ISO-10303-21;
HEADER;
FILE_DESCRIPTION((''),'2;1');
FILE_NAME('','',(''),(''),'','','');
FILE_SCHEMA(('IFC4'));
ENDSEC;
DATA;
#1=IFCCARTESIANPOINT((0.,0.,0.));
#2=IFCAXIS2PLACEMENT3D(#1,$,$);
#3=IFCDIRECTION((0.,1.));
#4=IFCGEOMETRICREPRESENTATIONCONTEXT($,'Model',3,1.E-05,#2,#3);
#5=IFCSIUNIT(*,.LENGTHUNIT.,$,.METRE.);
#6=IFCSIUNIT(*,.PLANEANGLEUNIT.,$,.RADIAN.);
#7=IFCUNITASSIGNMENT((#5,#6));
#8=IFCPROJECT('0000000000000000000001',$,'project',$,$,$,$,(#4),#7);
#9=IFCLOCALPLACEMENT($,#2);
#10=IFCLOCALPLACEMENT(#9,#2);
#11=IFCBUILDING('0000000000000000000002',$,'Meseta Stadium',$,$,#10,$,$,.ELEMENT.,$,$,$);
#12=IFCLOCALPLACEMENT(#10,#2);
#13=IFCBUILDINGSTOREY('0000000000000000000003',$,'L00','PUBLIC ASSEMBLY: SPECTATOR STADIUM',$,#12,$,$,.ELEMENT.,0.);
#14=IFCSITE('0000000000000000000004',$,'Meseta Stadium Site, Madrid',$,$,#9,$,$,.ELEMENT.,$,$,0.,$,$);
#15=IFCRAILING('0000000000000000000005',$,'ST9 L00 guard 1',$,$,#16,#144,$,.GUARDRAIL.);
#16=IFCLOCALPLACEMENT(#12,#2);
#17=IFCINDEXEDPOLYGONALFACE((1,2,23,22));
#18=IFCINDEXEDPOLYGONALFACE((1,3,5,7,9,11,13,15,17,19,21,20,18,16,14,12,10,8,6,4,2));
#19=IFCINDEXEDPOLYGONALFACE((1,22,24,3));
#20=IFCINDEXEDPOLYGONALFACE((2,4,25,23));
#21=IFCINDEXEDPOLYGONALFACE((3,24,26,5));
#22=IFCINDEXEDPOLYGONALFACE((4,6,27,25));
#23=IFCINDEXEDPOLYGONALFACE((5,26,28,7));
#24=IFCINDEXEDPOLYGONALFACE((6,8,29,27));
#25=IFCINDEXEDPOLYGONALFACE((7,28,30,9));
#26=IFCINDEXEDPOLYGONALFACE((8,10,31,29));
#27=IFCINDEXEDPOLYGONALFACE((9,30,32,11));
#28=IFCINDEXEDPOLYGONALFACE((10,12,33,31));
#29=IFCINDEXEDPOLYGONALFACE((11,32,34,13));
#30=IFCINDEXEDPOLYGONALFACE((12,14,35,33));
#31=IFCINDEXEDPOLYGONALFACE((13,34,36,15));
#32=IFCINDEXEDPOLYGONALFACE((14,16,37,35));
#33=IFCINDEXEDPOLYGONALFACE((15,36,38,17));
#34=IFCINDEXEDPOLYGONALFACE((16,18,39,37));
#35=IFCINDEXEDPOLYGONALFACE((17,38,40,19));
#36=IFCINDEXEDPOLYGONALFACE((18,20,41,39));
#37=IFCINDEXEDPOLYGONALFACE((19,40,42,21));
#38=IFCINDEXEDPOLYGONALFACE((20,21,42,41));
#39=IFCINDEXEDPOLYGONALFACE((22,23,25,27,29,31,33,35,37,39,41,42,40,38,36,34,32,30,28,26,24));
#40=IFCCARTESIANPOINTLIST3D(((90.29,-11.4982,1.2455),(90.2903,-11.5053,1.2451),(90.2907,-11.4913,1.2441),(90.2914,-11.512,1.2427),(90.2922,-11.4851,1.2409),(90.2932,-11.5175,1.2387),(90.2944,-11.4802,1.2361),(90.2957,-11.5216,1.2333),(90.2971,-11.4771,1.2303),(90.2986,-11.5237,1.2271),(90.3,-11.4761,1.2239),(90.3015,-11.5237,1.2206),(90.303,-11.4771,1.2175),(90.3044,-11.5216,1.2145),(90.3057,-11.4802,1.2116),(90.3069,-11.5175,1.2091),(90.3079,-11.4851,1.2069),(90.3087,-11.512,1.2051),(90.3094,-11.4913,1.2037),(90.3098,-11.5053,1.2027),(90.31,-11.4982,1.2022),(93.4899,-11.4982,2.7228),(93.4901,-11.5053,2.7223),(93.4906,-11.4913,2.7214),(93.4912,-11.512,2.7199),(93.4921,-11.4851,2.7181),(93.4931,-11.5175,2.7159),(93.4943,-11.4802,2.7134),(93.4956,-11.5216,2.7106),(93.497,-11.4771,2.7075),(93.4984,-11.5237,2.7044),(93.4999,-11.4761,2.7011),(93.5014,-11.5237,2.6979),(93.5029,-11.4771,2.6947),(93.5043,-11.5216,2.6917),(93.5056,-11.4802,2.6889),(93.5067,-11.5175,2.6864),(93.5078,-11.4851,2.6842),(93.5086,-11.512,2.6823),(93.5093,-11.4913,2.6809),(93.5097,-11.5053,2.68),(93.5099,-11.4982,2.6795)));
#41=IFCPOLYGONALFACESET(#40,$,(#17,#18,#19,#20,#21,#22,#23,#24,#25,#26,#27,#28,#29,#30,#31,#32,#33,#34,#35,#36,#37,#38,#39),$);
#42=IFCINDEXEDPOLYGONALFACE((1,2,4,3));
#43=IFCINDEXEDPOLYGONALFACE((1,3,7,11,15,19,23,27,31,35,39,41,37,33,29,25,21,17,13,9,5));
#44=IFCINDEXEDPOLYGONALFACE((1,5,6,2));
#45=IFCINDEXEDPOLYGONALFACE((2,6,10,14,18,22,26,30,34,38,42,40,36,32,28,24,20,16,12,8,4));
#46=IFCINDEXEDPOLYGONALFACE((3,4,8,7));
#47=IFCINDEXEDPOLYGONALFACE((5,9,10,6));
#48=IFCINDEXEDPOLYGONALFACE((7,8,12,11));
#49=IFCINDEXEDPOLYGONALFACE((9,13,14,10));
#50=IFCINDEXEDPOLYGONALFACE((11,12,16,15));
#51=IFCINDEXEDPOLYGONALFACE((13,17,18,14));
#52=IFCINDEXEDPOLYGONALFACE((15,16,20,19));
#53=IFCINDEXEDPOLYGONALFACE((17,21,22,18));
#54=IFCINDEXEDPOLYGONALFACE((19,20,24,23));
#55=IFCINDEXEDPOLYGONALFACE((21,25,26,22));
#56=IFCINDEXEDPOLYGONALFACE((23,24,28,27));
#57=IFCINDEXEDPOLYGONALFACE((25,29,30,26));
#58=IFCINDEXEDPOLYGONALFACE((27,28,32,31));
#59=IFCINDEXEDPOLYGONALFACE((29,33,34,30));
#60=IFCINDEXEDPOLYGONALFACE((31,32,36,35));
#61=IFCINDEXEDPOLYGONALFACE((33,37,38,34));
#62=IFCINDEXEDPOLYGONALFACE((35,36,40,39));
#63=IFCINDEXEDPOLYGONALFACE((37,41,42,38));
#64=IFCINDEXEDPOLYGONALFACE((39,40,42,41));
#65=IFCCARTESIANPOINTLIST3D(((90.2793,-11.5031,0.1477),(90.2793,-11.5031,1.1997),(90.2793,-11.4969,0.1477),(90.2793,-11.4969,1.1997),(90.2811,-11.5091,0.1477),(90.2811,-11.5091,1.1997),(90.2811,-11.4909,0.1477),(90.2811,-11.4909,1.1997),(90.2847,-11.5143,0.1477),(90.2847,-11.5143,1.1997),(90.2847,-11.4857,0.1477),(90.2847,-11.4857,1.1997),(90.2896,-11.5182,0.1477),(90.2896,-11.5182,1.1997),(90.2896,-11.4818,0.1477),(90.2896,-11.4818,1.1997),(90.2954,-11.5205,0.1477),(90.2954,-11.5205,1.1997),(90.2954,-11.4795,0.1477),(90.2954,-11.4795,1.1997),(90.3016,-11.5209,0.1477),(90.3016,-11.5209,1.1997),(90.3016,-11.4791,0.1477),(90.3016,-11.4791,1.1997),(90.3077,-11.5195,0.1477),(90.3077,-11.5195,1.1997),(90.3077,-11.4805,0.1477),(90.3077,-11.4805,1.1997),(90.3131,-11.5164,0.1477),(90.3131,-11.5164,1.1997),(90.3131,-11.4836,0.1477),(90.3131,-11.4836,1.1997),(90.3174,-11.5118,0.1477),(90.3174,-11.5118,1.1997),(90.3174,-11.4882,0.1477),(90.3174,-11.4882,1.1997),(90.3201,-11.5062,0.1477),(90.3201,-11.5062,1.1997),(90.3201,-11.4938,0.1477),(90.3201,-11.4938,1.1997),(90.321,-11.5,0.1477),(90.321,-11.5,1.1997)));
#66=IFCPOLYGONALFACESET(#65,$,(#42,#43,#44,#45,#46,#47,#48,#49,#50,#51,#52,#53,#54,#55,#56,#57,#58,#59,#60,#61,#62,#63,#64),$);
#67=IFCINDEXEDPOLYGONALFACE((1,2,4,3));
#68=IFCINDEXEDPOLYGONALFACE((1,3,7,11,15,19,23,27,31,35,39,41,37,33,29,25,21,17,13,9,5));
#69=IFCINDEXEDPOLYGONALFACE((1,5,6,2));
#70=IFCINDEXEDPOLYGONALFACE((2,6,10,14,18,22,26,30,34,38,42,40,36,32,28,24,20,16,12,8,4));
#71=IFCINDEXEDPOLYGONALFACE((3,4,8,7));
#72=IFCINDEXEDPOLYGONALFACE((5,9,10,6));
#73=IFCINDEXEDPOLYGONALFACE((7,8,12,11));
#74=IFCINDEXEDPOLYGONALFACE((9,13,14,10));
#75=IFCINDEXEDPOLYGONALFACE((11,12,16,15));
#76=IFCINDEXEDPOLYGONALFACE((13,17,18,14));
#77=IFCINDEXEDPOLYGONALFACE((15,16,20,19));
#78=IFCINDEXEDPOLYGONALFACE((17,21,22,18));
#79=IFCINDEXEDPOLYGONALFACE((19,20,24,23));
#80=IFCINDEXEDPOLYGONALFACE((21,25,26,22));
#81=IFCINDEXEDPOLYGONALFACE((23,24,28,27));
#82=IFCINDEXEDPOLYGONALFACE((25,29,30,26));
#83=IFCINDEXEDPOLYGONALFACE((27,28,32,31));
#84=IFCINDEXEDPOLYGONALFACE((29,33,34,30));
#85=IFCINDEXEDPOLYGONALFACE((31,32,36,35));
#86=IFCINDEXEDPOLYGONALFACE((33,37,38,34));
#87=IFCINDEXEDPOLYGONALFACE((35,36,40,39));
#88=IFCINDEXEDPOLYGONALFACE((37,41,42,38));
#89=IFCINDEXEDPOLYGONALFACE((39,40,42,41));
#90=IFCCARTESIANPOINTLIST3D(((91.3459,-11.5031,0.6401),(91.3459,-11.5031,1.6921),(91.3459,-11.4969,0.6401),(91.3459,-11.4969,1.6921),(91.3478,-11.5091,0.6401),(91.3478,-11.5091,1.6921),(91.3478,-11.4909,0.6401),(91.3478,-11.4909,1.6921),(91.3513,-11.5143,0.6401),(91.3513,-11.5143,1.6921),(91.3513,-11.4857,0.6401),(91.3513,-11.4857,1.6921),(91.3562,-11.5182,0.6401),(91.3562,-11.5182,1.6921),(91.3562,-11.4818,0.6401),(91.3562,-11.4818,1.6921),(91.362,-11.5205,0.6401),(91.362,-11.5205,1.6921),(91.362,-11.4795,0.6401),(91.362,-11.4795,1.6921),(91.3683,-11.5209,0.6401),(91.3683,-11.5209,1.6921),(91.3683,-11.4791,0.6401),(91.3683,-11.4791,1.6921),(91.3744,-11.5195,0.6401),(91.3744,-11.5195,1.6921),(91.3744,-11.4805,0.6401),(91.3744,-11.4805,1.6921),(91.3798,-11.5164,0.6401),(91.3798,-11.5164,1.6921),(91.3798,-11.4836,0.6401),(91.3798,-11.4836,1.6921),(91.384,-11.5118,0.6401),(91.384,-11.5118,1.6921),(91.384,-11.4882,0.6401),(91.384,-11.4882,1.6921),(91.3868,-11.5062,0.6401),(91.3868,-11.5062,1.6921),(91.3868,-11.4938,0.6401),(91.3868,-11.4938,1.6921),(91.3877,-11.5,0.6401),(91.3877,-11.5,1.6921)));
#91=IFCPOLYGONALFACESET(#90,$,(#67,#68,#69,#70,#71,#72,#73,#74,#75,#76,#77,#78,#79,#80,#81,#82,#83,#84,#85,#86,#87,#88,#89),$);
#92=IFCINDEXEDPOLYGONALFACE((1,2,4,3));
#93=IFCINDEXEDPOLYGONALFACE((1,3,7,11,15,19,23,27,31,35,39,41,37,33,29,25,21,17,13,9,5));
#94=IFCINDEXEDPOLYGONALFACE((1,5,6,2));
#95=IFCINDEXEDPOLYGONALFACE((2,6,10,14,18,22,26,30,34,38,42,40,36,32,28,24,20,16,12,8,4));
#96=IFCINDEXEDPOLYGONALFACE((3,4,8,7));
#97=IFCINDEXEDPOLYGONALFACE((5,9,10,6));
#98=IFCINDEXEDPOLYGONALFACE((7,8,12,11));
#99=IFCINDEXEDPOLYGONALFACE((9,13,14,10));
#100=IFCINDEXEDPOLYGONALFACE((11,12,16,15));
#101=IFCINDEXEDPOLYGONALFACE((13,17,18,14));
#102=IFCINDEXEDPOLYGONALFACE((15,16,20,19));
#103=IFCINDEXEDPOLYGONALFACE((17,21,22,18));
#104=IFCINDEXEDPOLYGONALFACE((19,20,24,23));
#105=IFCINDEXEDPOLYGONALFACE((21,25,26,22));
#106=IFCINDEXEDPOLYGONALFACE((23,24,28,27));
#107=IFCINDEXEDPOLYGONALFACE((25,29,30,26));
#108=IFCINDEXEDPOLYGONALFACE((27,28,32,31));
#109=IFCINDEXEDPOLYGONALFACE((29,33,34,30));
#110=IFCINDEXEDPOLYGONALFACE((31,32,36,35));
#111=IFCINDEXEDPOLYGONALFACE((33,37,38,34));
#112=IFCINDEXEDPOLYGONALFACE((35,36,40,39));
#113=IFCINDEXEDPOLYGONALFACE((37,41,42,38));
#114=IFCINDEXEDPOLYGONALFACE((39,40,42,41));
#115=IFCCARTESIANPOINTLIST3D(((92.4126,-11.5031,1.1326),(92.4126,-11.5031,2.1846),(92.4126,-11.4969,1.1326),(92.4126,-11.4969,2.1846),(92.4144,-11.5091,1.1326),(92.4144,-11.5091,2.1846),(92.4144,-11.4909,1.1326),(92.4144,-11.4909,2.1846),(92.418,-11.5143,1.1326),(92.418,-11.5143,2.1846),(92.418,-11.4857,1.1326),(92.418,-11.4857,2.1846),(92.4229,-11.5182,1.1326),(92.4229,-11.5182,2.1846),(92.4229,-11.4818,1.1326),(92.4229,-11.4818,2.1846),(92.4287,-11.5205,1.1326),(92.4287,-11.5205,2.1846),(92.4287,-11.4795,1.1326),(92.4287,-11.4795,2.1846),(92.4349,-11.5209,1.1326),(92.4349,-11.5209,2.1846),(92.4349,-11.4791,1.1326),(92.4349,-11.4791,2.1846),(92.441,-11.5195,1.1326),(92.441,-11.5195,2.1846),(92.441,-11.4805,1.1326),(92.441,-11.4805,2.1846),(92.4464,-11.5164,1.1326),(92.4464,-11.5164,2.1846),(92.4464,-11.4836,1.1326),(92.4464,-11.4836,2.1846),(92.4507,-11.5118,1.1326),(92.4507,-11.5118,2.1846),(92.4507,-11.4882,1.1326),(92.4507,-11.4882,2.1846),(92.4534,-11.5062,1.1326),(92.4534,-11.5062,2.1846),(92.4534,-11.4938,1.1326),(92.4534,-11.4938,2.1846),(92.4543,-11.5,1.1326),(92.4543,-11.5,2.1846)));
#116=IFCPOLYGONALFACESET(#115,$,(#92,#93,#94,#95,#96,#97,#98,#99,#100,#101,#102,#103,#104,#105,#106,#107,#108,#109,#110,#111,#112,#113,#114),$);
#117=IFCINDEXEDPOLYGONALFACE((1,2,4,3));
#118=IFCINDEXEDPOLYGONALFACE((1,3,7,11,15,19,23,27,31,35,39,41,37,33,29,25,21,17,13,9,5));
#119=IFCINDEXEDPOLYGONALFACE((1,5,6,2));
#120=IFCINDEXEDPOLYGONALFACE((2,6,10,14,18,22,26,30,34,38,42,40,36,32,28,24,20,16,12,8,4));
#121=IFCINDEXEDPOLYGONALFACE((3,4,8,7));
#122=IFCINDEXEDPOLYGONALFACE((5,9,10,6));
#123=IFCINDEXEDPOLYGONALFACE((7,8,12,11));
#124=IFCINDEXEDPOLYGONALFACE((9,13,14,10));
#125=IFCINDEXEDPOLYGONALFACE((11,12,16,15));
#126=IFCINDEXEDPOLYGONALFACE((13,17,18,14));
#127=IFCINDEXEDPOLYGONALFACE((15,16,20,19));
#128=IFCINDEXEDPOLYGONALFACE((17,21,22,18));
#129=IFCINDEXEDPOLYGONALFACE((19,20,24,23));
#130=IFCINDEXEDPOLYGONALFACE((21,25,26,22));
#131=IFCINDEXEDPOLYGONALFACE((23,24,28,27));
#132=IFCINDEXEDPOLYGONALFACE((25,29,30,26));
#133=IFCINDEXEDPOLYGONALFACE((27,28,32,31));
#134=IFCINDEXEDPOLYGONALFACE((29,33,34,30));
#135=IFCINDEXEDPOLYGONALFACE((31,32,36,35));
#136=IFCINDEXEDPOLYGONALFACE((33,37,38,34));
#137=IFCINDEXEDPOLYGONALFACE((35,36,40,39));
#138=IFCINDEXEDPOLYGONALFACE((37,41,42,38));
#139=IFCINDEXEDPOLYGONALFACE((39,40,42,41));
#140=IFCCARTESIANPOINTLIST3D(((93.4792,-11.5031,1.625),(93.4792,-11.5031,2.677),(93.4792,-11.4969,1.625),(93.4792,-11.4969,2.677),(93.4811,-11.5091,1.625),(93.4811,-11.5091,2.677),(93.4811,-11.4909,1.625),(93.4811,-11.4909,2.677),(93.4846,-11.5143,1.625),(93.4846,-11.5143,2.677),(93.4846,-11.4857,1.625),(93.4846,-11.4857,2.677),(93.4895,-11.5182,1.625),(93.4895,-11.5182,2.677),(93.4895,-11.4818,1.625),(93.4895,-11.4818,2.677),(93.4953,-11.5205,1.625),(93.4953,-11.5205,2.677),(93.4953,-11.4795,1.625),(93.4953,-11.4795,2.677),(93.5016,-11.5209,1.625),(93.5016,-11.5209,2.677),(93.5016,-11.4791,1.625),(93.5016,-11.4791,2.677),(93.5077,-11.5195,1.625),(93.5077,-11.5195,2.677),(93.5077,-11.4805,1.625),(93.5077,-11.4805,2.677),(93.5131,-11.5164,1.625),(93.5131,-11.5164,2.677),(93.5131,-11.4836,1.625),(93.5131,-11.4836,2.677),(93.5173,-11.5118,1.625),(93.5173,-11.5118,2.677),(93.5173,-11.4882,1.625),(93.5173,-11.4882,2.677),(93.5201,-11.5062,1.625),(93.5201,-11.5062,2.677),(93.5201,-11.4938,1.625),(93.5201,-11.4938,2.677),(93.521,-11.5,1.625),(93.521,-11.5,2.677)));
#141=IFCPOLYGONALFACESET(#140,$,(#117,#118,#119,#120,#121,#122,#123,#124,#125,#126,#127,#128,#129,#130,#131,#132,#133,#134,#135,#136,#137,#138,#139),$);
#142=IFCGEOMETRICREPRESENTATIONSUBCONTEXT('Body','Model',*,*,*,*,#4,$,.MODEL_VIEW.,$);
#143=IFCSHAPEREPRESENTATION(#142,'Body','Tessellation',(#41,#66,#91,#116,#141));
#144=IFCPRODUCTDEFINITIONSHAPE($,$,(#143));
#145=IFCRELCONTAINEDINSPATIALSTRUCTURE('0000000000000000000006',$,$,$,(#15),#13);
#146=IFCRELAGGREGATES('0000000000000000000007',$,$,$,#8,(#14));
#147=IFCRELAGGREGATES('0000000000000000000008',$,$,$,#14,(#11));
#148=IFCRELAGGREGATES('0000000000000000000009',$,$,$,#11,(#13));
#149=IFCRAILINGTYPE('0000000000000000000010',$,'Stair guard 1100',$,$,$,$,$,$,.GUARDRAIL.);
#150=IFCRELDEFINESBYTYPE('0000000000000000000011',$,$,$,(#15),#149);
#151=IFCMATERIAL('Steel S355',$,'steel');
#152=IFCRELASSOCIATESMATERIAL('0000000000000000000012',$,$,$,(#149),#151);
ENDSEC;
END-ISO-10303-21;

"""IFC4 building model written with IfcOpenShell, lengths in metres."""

from ifc_helpers import new_model, si_unit, direction, frame, origin, origin_2d, place, context, subcontext, project, spatial, circle, extrude, material, type_object, element, save


model = new_model("IFC4")

# Units and contexts
model_context = context("Model", 3, precision=1e-05, world=origin(), true_north=direction((0.0, 1.0)))
body_context = subcontext(model_context, "Body", "Model", "MODEL_VIEW")
ifc_project = project(units=[si_unit("LENGTHUNIT", "METRE"), si_unit("PLANEANGLEUNIT", "RADIAN")], contexts=[model_context])

# Site, building, storey
site_placement = place(None, origin())
site = spatial("IfcSite", under=ifc_project, at=site_placement, Name="Meseta Stadium Site, Madrid", CompositionType="ELEMENT", RefElevation=0.0)
building_placement = place(site_placement, origin())
building = spatial("IfcBuilding", under=site, at=building_placement, Name="Meseta Stadium", CompositionType="ELEMENT")
storey_placement = place(building_placement, origin())
storey = spatial("IfcBuildingStorey", under=building, at=storey_placement, Name="L00", Description="PUBLIC ASSEMBLY: SPECTATOR STADIUM", CompositionType="ELEMENT", Elevation=0.0)

# Railing
ifc_material_1 = material(Name="Steel S355", Category="steel")
railing_type_1 = type_object("IfcRailingType", Name="Stair guard 1100", PredefinedType="GUARDRAIL", material=ifc_material_1)
railing_1_placement = place(storey_placement, frame((90.3, -11.5, 0.1477)))
element("IfcRailing", 1, at=railing_1_placement, inside=storey, type_object=railing_type_1, Name="ST9 L00 guard 1", PredefinedType="GUARDRAIL", context=body_context, shape_type="SweptSolid", body=[
    extrude(circle(Radius=0.0239, at=origin_2d()), frame((0.0, 0.0, 1.0762), z_axis=(0.907917, 0.0, 0.41915), x_axis=(0.0, 1.0, 0.0)), (0.0, 0.0, 1.0), 3.5244),
    extrude(circle(Radius=0.021, at=origin_2d()), origin(), (0.0, 0.0, 1.0), 1.052),
    extrude(circle(Radius=0.021, at=origin_2d()), frame((1.0667, 0.0, 0.4924)), (0.0, 0.0, 1.0), 1.052),
    extrude(circle(Radius=0.021, at=origin_2d()), frame((2.1333, 0.0, 0.9849)), (0.0, 0.0, 1.0), 1.052),
    extrude(circle(Radius=0.021, at=origin_2d()), frame((3.2, 0.0, 1.4773)), (0.0, 0.0, 1.0), 1.052),
])

save(model, "model.ifc")
